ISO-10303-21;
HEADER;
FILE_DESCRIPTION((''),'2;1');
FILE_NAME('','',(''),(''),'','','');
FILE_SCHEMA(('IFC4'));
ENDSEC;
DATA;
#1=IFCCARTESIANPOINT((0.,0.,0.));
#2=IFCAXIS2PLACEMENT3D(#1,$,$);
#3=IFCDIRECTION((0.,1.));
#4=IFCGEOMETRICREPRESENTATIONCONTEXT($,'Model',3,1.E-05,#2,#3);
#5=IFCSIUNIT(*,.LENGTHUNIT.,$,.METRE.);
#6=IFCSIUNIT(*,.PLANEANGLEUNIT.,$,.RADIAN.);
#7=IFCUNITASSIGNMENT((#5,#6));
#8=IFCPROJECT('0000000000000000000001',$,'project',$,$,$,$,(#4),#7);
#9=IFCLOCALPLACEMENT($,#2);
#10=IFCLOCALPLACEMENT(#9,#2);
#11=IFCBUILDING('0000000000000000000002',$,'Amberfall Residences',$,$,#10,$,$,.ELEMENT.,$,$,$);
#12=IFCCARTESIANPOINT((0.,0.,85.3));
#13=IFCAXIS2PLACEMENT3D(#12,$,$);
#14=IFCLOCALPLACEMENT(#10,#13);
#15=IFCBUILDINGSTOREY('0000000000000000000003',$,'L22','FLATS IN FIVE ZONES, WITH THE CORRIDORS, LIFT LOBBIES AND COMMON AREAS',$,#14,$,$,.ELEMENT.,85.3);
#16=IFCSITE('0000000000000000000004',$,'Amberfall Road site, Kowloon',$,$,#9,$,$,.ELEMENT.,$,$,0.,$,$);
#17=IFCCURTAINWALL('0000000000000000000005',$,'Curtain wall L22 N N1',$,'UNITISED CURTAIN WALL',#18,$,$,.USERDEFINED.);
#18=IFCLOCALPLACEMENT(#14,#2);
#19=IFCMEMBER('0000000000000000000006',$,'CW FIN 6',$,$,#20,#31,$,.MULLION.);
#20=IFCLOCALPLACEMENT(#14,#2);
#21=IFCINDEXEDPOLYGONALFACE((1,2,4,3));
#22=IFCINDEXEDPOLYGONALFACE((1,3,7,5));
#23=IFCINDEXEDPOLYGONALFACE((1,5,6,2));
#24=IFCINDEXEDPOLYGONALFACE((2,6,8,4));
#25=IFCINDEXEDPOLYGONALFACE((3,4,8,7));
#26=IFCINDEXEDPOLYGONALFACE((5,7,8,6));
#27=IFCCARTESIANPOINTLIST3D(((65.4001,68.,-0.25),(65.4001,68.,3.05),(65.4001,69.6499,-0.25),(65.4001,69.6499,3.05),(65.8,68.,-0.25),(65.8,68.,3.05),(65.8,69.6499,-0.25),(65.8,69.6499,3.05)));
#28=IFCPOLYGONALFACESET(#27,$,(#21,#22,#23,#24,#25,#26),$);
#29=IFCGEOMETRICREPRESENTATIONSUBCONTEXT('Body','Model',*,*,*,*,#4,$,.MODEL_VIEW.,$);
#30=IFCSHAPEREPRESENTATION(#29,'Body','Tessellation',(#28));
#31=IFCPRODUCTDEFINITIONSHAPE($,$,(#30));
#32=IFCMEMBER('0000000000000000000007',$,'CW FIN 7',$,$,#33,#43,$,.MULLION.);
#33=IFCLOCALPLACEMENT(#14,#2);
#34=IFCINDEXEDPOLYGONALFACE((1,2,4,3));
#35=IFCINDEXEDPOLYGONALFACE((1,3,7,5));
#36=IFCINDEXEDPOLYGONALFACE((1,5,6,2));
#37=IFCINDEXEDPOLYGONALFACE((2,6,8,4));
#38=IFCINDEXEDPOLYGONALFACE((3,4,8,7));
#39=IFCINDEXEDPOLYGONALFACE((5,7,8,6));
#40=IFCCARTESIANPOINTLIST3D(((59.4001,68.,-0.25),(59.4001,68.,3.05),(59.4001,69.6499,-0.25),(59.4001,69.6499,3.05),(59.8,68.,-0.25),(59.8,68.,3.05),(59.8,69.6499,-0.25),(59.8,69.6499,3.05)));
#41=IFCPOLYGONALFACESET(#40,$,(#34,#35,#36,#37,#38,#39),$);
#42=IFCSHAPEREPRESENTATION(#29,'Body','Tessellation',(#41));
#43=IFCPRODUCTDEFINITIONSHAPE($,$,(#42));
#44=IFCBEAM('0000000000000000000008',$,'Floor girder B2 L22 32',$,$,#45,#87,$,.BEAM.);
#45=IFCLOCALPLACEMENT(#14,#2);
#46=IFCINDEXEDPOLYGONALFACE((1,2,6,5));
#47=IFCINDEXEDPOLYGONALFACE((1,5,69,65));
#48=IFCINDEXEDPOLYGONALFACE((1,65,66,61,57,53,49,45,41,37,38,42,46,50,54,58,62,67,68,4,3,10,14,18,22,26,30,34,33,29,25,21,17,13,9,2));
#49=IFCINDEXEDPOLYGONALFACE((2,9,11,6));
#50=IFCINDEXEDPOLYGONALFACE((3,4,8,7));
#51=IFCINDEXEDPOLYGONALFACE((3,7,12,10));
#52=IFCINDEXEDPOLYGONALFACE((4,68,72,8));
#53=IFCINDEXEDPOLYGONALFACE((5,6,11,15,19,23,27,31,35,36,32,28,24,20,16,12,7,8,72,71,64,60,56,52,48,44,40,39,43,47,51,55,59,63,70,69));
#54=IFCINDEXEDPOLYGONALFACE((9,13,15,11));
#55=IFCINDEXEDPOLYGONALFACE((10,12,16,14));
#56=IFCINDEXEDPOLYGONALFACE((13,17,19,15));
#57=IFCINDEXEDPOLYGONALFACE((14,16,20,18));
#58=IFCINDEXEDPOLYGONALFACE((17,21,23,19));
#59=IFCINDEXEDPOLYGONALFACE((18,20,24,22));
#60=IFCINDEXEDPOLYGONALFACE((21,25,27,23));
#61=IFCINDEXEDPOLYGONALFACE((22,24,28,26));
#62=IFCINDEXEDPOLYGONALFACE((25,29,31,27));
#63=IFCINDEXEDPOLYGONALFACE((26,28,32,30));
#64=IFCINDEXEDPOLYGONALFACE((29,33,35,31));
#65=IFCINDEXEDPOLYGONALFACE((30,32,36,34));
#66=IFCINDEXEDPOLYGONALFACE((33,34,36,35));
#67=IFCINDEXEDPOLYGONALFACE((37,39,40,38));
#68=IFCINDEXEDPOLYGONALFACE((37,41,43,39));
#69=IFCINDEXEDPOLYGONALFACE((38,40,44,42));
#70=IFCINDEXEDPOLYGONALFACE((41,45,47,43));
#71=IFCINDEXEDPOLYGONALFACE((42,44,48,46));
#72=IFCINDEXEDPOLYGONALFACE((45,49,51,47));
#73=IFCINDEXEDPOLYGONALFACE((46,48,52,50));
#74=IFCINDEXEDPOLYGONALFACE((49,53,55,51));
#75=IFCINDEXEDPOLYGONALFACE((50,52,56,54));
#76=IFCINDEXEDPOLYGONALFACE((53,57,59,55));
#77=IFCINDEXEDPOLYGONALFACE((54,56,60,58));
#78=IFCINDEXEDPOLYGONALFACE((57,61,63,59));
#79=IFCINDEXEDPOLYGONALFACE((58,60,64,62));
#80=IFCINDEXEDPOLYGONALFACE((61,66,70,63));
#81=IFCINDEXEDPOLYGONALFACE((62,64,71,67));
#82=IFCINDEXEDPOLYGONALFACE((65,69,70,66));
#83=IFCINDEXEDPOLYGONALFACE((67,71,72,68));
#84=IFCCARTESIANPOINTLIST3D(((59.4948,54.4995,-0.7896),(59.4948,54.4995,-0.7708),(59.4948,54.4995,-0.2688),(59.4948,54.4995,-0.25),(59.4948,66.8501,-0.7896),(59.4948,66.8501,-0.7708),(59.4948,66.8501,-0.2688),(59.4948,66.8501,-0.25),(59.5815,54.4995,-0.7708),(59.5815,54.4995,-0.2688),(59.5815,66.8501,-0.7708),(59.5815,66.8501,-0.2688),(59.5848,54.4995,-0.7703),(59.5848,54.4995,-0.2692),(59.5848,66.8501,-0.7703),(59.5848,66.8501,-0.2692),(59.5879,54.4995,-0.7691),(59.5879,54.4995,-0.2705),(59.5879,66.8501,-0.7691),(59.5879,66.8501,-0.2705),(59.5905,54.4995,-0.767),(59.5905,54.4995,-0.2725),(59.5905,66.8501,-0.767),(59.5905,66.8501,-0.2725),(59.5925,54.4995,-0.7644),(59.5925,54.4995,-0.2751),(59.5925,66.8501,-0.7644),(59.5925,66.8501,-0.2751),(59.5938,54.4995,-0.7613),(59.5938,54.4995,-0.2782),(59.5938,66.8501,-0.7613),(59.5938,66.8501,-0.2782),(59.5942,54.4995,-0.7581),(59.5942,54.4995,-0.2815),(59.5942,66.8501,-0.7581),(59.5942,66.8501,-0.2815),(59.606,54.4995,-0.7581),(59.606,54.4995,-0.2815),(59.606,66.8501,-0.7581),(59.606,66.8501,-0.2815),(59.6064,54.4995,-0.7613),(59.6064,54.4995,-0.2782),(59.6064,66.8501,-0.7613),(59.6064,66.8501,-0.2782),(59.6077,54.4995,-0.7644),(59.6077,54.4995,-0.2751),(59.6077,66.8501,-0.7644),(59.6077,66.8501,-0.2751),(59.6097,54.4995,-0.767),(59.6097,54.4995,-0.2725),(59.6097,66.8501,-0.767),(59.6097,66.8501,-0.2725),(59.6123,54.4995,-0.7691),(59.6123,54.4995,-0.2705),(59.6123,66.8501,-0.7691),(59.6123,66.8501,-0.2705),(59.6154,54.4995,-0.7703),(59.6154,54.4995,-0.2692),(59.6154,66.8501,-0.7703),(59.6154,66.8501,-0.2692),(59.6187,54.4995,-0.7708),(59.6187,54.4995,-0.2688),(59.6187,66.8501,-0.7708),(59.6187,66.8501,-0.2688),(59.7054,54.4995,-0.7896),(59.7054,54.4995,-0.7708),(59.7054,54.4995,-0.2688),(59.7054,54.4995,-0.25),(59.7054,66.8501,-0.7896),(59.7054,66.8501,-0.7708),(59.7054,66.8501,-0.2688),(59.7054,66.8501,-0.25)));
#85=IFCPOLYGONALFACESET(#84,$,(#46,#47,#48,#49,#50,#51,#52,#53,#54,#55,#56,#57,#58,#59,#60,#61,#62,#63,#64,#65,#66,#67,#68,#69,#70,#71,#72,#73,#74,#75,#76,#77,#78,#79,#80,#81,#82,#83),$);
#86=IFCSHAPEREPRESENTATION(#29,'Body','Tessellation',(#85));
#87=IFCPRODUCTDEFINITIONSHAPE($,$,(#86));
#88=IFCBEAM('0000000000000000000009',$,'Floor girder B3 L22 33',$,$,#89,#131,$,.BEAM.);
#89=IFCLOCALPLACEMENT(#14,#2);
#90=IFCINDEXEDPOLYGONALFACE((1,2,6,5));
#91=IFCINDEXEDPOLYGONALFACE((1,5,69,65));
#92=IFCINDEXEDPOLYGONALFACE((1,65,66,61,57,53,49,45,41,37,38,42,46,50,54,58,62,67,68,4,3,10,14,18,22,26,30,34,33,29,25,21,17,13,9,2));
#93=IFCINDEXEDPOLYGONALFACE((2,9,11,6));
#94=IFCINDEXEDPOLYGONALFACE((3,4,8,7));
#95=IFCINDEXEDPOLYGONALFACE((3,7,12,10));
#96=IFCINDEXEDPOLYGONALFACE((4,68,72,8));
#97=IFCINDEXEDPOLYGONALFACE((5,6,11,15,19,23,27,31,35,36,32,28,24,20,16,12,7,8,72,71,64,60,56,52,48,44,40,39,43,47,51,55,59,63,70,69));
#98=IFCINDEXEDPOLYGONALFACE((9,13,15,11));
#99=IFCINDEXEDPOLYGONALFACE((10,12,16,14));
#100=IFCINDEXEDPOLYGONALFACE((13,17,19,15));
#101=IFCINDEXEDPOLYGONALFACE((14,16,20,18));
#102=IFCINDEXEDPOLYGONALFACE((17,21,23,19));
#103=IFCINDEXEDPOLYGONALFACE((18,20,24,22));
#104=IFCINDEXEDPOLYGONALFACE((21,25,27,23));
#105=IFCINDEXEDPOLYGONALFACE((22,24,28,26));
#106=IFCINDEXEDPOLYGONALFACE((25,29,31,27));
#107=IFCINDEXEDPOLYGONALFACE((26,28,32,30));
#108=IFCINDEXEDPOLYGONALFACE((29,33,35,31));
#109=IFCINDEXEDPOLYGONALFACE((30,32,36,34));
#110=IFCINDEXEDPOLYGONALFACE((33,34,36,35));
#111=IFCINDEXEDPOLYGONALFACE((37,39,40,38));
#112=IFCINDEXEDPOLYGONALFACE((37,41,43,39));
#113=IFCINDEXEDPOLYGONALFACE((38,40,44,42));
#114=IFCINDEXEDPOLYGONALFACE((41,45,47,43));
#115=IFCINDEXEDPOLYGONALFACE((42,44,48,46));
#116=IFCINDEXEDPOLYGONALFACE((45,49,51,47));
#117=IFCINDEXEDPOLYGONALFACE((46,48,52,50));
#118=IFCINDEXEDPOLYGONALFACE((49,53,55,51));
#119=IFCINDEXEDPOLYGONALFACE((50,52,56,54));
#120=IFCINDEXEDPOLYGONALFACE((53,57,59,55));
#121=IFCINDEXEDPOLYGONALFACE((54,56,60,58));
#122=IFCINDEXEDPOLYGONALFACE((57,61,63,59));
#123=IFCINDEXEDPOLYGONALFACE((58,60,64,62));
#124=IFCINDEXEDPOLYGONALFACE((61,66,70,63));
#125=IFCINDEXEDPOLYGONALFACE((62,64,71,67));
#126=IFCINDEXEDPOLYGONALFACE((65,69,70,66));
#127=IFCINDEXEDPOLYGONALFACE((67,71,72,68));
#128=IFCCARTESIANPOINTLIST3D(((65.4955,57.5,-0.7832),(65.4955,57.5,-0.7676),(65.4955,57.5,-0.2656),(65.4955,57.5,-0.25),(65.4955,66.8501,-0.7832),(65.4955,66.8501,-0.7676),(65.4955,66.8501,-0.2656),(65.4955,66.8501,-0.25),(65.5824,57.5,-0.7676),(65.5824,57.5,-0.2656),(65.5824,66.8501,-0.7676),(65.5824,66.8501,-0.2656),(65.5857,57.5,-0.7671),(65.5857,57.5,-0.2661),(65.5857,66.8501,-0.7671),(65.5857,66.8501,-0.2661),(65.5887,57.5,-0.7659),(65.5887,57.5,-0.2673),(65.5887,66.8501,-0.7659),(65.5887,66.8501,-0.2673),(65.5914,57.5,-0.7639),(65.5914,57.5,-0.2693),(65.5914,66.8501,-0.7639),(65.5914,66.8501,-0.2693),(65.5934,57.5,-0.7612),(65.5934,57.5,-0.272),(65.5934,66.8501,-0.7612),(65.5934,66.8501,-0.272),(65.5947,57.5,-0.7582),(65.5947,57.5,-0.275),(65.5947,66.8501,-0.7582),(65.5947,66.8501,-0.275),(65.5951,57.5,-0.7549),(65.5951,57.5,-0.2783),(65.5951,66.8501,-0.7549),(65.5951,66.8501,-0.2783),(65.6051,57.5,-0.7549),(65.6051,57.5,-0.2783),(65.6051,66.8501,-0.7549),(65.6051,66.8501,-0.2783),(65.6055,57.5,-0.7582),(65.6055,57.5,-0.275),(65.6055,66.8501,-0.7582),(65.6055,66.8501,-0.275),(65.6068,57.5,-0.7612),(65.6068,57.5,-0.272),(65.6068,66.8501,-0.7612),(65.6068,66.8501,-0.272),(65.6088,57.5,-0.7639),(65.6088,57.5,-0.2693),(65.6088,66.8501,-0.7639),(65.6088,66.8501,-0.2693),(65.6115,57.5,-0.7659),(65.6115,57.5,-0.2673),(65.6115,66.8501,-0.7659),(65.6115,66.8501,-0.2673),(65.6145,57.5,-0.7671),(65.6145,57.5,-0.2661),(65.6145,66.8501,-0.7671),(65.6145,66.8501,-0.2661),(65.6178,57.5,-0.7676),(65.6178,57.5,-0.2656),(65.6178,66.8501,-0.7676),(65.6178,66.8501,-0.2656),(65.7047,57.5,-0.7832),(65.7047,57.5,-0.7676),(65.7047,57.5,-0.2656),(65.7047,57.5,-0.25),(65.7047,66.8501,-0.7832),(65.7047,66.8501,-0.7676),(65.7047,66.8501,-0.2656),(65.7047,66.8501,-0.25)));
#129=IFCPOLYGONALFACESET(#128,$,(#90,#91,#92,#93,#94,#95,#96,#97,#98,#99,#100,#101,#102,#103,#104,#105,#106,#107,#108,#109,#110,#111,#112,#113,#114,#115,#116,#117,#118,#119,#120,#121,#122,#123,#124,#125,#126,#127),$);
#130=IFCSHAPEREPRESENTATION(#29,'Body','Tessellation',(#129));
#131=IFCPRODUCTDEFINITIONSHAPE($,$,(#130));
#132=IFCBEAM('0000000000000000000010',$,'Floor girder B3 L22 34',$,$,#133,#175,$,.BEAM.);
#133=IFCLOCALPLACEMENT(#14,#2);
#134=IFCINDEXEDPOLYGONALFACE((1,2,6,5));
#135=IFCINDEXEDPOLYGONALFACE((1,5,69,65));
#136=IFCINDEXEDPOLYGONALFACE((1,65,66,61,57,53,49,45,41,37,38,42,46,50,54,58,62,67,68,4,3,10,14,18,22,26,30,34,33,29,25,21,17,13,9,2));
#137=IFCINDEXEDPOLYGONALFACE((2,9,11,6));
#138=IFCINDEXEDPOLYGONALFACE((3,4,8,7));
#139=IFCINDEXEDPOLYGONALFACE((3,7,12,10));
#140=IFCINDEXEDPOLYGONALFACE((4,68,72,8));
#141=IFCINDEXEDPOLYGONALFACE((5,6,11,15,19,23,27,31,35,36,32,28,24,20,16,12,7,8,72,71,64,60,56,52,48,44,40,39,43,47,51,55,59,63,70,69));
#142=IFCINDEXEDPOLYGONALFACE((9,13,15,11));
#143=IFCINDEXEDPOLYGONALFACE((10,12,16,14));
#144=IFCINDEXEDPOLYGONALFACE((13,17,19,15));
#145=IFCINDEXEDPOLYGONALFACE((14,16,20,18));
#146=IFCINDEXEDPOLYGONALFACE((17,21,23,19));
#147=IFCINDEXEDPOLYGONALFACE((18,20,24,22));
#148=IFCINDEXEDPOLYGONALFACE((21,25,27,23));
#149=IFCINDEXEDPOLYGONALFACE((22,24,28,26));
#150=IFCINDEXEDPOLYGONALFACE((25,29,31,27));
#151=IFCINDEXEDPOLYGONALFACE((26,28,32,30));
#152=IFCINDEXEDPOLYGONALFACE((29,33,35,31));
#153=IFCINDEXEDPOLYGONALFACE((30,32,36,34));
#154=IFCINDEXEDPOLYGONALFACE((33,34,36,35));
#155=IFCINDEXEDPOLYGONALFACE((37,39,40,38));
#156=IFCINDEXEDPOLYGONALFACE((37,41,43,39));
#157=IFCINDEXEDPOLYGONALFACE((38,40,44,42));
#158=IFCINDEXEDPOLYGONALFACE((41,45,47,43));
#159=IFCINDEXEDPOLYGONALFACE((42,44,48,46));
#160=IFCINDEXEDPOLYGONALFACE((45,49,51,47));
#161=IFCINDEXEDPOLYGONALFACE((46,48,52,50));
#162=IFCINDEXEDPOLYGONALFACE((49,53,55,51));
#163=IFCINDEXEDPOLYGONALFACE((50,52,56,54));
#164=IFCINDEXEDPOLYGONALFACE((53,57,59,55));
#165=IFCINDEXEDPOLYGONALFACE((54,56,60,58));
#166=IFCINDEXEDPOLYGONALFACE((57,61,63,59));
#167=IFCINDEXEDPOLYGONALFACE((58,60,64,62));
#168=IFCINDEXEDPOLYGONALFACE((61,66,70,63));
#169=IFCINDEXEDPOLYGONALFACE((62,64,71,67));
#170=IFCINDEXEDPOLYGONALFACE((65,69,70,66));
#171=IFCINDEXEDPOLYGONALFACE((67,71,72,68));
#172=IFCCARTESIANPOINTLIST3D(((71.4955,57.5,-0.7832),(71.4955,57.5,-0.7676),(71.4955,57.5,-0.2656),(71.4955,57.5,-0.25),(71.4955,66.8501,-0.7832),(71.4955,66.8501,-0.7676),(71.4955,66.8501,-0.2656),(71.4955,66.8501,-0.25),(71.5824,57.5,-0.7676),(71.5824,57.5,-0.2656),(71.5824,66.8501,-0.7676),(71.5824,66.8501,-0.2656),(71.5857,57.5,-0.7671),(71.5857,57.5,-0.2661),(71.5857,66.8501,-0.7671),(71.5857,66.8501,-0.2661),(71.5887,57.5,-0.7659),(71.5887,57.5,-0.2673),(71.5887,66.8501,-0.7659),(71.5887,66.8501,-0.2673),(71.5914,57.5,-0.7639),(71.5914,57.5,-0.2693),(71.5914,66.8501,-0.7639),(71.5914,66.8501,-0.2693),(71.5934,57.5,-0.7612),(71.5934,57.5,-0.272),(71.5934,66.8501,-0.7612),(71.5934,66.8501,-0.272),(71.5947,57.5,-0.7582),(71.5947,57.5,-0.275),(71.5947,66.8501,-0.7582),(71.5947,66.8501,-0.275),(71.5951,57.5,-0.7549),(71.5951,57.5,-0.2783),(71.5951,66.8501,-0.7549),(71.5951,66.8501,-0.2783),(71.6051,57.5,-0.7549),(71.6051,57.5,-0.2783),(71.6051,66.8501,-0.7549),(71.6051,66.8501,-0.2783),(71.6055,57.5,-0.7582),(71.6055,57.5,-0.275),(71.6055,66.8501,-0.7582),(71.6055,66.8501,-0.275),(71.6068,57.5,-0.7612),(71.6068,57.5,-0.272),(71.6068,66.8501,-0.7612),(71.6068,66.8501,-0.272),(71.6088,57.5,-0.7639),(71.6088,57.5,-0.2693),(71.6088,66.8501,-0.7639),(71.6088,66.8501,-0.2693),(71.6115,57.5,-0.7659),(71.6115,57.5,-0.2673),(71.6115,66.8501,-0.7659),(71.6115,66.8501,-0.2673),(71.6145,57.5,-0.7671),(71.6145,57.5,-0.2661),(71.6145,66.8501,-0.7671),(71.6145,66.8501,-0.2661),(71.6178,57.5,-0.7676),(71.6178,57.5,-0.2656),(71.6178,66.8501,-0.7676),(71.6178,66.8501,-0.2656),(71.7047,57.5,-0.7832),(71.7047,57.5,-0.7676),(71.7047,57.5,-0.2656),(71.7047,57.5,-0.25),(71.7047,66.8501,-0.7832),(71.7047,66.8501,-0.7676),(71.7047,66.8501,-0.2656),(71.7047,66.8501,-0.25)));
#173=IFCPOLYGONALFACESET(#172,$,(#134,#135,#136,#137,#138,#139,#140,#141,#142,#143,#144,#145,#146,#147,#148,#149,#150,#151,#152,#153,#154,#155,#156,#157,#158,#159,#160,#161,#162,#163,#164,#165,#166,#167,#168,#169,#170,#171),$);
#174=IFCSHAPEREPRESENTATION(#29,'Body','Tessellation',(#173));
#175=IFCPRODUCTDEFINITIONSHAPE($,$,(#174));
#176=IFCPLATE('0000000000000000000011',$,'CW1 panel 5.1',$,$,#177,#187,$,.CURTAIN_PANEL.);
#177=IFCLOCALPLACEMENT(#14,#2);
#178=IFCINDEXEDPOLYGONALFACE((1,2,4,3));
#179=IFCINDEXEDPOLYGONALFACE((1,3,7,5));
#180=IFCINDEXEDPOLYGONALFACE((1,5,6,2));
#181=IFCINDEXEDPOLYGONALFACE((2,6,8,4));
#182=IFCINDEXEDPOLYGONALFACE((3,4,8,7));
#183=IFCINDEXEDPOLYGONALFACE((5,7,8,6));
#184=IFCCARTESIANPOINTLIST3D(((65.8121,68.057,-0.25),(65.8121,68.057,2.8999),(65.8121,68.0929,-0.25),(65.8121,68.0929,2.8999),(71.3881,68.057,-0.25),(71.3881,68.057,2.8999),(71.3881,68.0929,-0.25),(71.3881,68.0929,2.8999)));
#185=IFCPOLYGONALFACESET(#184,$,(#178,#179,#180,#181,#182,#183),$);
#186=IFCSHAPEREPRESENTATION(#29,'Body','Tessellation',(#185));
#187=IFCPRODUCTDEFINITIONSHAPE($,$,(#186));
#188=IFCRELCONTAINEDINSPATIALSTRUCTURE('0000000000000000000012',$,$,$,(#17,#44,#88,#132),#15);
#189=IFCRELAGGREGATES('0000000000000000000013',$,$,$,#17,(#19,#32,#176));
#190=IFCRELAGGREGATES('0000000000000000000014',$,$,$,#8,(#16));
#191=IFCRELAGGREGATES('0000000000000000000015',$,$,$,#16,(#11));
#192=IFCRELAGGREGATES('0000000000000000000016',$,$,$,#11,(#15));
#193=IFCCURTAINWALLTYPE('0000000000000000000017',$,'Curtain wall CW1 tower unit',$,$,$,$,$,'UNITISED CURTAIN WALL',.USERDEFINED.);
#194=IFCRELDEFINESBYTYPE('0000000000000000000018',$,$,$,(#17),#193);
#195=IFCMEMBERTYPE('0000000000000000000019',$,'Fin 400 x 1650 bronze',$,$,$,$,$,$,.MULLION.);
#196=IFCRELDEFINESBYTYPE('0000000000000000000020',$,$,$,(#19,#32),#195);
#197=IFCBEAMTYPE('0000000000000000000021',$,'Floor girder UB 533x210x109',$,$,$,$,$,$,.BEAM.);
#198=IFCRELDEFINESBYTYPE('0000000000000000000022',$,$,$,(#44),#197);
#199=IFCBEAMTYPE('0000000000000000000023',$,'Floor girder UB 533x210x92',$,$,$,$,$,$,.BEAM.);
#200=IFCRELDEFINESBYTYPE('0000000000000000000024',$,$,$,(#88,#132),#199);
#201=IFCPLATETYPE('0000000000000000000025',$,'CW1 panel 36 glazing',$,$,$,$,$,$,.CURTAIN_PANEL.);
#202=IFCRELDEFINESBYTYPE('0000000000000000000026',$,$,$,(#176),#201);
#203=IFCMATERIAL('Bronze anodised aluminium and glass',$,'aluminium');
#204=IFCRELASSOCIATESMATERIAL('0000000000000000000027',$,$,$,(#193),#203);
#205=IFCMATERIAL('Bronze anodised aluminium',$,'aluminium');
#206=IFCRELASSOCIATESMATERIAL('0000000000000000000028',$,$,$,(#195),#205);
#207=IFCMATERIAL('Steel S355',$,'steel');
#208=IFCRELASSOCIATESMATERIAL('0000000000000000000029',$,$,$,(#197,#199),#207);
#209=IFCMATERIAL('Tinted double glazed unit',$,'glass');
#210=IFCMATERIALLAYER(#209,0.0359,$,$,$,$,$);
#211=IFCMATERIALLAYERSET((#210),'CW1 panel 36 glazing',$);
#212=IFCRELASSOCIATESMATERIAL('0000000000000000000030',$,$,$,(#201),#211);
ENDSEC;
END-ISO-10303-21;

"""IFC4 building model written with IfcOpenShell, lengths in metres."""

from ifc_helpers import new_model, si_unit, direction, frame, origin, origin_2d, place, context, subcontext, project, spatial, rectangle, i_section, extrude, material, layer, layer_set, material_profile, profile_set, type_object, element, aggregate, save


model = new_model("IFC4")

# Units and contexts
model_context = context("Model", 3, precision=1e-05, world=origin(), true_north=direction((0.0, 1.0)))
body_context = subcontext(model_context, "Body", "Model", "MODEL_VIEW")
ifc_project = project(units=[si_unit("LENGTHUNIT", "METRE"), si_unit("PLANEANGLEUNIT", "RADIAN")], contexts=[model_context])

# Site, building, storey
site_placement = place(None, origin())
site = spatial("IfcSite", under=ifc_project, at=site_placement, Name="Amberfall Road site, Kowloon", CompositionType="ELEMENT", RefElevation=0.0)
building_placement = place(site_placement, origin())
building = spatial("IfcBuilding", under=site, at=building_placement, Name="Amberfall Residences", CompositionType="ELEMENT")
storey_placement = place(building_placement, frame((0.0, 0.0, 85.3)))
storey = spatial("IfcBuildingStorey", under=building, at=storey_placement, Name="L22", Description="FLATS IN FIVE ZONES, WITH THE CORRIDORS, LIFT LOBBIES AND COMMON AREAS", CompositionType="ELEMENT", Elevation=85.3)

# Curtain wall
ifc_material_1 = material(Name="Bronze anodised aluminium and glass", Category="aluminium")
curtain_wall_type = type_object("IfcCurtainWallType", Name="Curtain wall CW1 tower unit", ElementType="UNITISED CURTAIN WALL", PredefinedType="USERDEFINED", material=ifc_material_1)
curtain_wall_placement = place(storey_placement, origin())
curtain_wall = element("IfcCurtainWall", 1, at=curtain_wall_placement, inside=storey, type_object=curtain_wall_type, Name="Curtain wall L22 N N1", ObjectType="UNITISED CURTAIN WALL", PredefinedType="USERDEFINED")
ifc_material_2 = material(Name="Bronze anodised aluminium", Category="aluminium")

# Shared definitions
ifc_material_3 = material(Name="Steel S355", Category="steel")

# Members
ifc_material_profile_1 = material_profile(ifc_material_2, rectangle(XDim=1.6499, YDim=0.3999, at=origin_2d()), Name="Fin 400 x 1650 bronze")
ifc_profile_set_1 = profile_set([ifc_material_profile_1], Name="Bronze anodised aluminium")
member_type_1 = type_object("IfcMemberType", Name="Fin 400 x 1650 bronze", PredefinedType="MULLION", material=ifc_profile_set_1)
member_1_placement = place(storey_placement, frame((65.6001, 68.825, -0.25), z_axis=(0.0, 0.0, 1.0), x_axis=(0.0, -1.0, 0.0)))
member_1 = element("IfcMember", 2, at=member_1_placement, type_object=member_type_1, Name="CW FIN 6", PredefinedType="MULLION", context=body_context, shape_type="SweptSolid", body=[
    extrude(rectangle(XDim=1.6499, YDim=0.3999, at=origin_2d()), origin(), (0.0, 0.0, 1.0), 3.3),
])
member_2_placement = place(storey_placement, frame((59.6001, 68.825, -0.25), z_axis=(0.0, 0.0, 1.0), x_axis=(0.0, -1.0, 0.0)))
member_2 = element("IfcMember", 3, at=member_2_placement, type_object=member_type_1, Name="CW FIN 7", PredefinedType="MULLION", context=body_context, shape_type="SweptSolid", body=[
    extrude(rectangle(XDim=1.6499, YDim=0.3999, at=origin_2d()), origin(), (0.0, 0.0, 1.0), 3.3),
])

# Beams
ifc_material_profile_2 = material_profile(ifc_material_3, i_section(OverallWidth=0.2107, OverallDepth=0.5396, WebThickness=0.0117, FlangeThickness=0.0188, FilletRadius=0.0127, at=origin_2d()), Name="UB 533x210x109")
ifc_profile_set_2 = profile_set([ifc_material_profile_2], Name="Steel S355")
beam_type_1 = type_object("IfcBeamType", Name="Floor girder UB 533x210x109", PredefinedType="BEAM", material=ifc_profile_set_2)
beam_placement = place(storey_placement, frame((59.6001, 66.8501, -0.5198), z_axis=(0.0, -1.0, 0.0), x_axis=(1.0, 0.0, 0.0)))
element("IfcBeam", 4, at=beam_placement, inside=storey, type_object=beam_type_1, Name="Floor girder B2 L22 32", PredefinedType="BEAM", context=body_context, shape_type="SweptSolid", body=[
    extrude(i_section(OverallWidth=0.2107, OverallDepth=0.5396, WebThickness=0.0117, FlangeThickness=0.0188, FilletRadius=0.0127, at=origin_2d()), origin(), (0.0, 0.0, 1.0), 12.3506),
])
ifc_material_profile_3 = material_profile(ifc_material_3, i_section(OverallWidth=0.2092, OverallDepth=0.5332, WebThickness=0.01, FlangeThickness=0.0156, FilletRadius=0.0127, at=origin_2d()), Name="UB 533x210x92")
ifc_profile_set_3 = profile_set([ifc_material_profile_3], Name="Steel S355")
beam_type_2 = type_object("IfcBeamType", Name="Floor girder UB 533x210x92", PredefinedType="BEAM", material=ifc_profile_set_3)
for number, where, z_axis, x_axis, name in (
    (5, (65.6001, 66.8501, -0.5166), (0.0, -1.0, 0.0), (1.0, 0.0, 0.0), "Floor girder B3 L22 33"),
    (6, (71.6001, 66.8501, -0.5166), (0.0, -1.0, 0.0), (1.0, 0.0, 0.0), "Floor girder B3 L22 34"),
):
    element("IfcBeam", number, at=place(storey_placement, frame(where, z_axis=z_axis, x_axis=x_axis)), inside=storey, type_object=beam_type_2, Name=name, PredefinedType="BEAM", context=body_context, shape_type="SweptSolid", body=[
        extrude(i_section(OverallWidth=0.2092, OverallDepth=0.5332, WebThickness=0.01, FlangeThickness=0.0156, FilletRadius=0.0127, at=origin_2d()), origin(), (0.0, 0.0, 1.0), 9.3501),
    ])

# Plate
ifc_material_4 = material(Name="Tinted double glazed unit", Category="glass")
ifc_layer_1 = layer(ifc_material_4, 0.0359)
ifc_layer_set_1 = layer_set([ifc_layer_1], Name="CW1 panel 36 glazing")
plate_type = type_object("IfcPlateType", Name="CW1 panel 36 glazing", PredefinedType="CURTAIN_PANEL", material=ifc_layer_set_1)
plate_1_placement = place(storey_placement, frame((68.6001, 68.075, -0.25), z_axis=(0.0, 0.0, 1.0), x_axis=(-1.0, 0.0, 0.0)))
plate_1 = element("IfcPlate", 7, at=plate_1_placement, type_object=plate_type, Name="CW1 panel 5.1", PredefinedType="CURTAIN_PANEL", context=body_context, shape_type="SweptSolid", body=[
    extrude(rectangle(XDim=5.5759, YDim=0.0359, at=origin_2d()), origin(), (0.0, 0.0, 1.0), 3.1499),
])
aggregate(curtain_wall, [member_1, member_2, plate_1])

save(model, "model.ifc")
